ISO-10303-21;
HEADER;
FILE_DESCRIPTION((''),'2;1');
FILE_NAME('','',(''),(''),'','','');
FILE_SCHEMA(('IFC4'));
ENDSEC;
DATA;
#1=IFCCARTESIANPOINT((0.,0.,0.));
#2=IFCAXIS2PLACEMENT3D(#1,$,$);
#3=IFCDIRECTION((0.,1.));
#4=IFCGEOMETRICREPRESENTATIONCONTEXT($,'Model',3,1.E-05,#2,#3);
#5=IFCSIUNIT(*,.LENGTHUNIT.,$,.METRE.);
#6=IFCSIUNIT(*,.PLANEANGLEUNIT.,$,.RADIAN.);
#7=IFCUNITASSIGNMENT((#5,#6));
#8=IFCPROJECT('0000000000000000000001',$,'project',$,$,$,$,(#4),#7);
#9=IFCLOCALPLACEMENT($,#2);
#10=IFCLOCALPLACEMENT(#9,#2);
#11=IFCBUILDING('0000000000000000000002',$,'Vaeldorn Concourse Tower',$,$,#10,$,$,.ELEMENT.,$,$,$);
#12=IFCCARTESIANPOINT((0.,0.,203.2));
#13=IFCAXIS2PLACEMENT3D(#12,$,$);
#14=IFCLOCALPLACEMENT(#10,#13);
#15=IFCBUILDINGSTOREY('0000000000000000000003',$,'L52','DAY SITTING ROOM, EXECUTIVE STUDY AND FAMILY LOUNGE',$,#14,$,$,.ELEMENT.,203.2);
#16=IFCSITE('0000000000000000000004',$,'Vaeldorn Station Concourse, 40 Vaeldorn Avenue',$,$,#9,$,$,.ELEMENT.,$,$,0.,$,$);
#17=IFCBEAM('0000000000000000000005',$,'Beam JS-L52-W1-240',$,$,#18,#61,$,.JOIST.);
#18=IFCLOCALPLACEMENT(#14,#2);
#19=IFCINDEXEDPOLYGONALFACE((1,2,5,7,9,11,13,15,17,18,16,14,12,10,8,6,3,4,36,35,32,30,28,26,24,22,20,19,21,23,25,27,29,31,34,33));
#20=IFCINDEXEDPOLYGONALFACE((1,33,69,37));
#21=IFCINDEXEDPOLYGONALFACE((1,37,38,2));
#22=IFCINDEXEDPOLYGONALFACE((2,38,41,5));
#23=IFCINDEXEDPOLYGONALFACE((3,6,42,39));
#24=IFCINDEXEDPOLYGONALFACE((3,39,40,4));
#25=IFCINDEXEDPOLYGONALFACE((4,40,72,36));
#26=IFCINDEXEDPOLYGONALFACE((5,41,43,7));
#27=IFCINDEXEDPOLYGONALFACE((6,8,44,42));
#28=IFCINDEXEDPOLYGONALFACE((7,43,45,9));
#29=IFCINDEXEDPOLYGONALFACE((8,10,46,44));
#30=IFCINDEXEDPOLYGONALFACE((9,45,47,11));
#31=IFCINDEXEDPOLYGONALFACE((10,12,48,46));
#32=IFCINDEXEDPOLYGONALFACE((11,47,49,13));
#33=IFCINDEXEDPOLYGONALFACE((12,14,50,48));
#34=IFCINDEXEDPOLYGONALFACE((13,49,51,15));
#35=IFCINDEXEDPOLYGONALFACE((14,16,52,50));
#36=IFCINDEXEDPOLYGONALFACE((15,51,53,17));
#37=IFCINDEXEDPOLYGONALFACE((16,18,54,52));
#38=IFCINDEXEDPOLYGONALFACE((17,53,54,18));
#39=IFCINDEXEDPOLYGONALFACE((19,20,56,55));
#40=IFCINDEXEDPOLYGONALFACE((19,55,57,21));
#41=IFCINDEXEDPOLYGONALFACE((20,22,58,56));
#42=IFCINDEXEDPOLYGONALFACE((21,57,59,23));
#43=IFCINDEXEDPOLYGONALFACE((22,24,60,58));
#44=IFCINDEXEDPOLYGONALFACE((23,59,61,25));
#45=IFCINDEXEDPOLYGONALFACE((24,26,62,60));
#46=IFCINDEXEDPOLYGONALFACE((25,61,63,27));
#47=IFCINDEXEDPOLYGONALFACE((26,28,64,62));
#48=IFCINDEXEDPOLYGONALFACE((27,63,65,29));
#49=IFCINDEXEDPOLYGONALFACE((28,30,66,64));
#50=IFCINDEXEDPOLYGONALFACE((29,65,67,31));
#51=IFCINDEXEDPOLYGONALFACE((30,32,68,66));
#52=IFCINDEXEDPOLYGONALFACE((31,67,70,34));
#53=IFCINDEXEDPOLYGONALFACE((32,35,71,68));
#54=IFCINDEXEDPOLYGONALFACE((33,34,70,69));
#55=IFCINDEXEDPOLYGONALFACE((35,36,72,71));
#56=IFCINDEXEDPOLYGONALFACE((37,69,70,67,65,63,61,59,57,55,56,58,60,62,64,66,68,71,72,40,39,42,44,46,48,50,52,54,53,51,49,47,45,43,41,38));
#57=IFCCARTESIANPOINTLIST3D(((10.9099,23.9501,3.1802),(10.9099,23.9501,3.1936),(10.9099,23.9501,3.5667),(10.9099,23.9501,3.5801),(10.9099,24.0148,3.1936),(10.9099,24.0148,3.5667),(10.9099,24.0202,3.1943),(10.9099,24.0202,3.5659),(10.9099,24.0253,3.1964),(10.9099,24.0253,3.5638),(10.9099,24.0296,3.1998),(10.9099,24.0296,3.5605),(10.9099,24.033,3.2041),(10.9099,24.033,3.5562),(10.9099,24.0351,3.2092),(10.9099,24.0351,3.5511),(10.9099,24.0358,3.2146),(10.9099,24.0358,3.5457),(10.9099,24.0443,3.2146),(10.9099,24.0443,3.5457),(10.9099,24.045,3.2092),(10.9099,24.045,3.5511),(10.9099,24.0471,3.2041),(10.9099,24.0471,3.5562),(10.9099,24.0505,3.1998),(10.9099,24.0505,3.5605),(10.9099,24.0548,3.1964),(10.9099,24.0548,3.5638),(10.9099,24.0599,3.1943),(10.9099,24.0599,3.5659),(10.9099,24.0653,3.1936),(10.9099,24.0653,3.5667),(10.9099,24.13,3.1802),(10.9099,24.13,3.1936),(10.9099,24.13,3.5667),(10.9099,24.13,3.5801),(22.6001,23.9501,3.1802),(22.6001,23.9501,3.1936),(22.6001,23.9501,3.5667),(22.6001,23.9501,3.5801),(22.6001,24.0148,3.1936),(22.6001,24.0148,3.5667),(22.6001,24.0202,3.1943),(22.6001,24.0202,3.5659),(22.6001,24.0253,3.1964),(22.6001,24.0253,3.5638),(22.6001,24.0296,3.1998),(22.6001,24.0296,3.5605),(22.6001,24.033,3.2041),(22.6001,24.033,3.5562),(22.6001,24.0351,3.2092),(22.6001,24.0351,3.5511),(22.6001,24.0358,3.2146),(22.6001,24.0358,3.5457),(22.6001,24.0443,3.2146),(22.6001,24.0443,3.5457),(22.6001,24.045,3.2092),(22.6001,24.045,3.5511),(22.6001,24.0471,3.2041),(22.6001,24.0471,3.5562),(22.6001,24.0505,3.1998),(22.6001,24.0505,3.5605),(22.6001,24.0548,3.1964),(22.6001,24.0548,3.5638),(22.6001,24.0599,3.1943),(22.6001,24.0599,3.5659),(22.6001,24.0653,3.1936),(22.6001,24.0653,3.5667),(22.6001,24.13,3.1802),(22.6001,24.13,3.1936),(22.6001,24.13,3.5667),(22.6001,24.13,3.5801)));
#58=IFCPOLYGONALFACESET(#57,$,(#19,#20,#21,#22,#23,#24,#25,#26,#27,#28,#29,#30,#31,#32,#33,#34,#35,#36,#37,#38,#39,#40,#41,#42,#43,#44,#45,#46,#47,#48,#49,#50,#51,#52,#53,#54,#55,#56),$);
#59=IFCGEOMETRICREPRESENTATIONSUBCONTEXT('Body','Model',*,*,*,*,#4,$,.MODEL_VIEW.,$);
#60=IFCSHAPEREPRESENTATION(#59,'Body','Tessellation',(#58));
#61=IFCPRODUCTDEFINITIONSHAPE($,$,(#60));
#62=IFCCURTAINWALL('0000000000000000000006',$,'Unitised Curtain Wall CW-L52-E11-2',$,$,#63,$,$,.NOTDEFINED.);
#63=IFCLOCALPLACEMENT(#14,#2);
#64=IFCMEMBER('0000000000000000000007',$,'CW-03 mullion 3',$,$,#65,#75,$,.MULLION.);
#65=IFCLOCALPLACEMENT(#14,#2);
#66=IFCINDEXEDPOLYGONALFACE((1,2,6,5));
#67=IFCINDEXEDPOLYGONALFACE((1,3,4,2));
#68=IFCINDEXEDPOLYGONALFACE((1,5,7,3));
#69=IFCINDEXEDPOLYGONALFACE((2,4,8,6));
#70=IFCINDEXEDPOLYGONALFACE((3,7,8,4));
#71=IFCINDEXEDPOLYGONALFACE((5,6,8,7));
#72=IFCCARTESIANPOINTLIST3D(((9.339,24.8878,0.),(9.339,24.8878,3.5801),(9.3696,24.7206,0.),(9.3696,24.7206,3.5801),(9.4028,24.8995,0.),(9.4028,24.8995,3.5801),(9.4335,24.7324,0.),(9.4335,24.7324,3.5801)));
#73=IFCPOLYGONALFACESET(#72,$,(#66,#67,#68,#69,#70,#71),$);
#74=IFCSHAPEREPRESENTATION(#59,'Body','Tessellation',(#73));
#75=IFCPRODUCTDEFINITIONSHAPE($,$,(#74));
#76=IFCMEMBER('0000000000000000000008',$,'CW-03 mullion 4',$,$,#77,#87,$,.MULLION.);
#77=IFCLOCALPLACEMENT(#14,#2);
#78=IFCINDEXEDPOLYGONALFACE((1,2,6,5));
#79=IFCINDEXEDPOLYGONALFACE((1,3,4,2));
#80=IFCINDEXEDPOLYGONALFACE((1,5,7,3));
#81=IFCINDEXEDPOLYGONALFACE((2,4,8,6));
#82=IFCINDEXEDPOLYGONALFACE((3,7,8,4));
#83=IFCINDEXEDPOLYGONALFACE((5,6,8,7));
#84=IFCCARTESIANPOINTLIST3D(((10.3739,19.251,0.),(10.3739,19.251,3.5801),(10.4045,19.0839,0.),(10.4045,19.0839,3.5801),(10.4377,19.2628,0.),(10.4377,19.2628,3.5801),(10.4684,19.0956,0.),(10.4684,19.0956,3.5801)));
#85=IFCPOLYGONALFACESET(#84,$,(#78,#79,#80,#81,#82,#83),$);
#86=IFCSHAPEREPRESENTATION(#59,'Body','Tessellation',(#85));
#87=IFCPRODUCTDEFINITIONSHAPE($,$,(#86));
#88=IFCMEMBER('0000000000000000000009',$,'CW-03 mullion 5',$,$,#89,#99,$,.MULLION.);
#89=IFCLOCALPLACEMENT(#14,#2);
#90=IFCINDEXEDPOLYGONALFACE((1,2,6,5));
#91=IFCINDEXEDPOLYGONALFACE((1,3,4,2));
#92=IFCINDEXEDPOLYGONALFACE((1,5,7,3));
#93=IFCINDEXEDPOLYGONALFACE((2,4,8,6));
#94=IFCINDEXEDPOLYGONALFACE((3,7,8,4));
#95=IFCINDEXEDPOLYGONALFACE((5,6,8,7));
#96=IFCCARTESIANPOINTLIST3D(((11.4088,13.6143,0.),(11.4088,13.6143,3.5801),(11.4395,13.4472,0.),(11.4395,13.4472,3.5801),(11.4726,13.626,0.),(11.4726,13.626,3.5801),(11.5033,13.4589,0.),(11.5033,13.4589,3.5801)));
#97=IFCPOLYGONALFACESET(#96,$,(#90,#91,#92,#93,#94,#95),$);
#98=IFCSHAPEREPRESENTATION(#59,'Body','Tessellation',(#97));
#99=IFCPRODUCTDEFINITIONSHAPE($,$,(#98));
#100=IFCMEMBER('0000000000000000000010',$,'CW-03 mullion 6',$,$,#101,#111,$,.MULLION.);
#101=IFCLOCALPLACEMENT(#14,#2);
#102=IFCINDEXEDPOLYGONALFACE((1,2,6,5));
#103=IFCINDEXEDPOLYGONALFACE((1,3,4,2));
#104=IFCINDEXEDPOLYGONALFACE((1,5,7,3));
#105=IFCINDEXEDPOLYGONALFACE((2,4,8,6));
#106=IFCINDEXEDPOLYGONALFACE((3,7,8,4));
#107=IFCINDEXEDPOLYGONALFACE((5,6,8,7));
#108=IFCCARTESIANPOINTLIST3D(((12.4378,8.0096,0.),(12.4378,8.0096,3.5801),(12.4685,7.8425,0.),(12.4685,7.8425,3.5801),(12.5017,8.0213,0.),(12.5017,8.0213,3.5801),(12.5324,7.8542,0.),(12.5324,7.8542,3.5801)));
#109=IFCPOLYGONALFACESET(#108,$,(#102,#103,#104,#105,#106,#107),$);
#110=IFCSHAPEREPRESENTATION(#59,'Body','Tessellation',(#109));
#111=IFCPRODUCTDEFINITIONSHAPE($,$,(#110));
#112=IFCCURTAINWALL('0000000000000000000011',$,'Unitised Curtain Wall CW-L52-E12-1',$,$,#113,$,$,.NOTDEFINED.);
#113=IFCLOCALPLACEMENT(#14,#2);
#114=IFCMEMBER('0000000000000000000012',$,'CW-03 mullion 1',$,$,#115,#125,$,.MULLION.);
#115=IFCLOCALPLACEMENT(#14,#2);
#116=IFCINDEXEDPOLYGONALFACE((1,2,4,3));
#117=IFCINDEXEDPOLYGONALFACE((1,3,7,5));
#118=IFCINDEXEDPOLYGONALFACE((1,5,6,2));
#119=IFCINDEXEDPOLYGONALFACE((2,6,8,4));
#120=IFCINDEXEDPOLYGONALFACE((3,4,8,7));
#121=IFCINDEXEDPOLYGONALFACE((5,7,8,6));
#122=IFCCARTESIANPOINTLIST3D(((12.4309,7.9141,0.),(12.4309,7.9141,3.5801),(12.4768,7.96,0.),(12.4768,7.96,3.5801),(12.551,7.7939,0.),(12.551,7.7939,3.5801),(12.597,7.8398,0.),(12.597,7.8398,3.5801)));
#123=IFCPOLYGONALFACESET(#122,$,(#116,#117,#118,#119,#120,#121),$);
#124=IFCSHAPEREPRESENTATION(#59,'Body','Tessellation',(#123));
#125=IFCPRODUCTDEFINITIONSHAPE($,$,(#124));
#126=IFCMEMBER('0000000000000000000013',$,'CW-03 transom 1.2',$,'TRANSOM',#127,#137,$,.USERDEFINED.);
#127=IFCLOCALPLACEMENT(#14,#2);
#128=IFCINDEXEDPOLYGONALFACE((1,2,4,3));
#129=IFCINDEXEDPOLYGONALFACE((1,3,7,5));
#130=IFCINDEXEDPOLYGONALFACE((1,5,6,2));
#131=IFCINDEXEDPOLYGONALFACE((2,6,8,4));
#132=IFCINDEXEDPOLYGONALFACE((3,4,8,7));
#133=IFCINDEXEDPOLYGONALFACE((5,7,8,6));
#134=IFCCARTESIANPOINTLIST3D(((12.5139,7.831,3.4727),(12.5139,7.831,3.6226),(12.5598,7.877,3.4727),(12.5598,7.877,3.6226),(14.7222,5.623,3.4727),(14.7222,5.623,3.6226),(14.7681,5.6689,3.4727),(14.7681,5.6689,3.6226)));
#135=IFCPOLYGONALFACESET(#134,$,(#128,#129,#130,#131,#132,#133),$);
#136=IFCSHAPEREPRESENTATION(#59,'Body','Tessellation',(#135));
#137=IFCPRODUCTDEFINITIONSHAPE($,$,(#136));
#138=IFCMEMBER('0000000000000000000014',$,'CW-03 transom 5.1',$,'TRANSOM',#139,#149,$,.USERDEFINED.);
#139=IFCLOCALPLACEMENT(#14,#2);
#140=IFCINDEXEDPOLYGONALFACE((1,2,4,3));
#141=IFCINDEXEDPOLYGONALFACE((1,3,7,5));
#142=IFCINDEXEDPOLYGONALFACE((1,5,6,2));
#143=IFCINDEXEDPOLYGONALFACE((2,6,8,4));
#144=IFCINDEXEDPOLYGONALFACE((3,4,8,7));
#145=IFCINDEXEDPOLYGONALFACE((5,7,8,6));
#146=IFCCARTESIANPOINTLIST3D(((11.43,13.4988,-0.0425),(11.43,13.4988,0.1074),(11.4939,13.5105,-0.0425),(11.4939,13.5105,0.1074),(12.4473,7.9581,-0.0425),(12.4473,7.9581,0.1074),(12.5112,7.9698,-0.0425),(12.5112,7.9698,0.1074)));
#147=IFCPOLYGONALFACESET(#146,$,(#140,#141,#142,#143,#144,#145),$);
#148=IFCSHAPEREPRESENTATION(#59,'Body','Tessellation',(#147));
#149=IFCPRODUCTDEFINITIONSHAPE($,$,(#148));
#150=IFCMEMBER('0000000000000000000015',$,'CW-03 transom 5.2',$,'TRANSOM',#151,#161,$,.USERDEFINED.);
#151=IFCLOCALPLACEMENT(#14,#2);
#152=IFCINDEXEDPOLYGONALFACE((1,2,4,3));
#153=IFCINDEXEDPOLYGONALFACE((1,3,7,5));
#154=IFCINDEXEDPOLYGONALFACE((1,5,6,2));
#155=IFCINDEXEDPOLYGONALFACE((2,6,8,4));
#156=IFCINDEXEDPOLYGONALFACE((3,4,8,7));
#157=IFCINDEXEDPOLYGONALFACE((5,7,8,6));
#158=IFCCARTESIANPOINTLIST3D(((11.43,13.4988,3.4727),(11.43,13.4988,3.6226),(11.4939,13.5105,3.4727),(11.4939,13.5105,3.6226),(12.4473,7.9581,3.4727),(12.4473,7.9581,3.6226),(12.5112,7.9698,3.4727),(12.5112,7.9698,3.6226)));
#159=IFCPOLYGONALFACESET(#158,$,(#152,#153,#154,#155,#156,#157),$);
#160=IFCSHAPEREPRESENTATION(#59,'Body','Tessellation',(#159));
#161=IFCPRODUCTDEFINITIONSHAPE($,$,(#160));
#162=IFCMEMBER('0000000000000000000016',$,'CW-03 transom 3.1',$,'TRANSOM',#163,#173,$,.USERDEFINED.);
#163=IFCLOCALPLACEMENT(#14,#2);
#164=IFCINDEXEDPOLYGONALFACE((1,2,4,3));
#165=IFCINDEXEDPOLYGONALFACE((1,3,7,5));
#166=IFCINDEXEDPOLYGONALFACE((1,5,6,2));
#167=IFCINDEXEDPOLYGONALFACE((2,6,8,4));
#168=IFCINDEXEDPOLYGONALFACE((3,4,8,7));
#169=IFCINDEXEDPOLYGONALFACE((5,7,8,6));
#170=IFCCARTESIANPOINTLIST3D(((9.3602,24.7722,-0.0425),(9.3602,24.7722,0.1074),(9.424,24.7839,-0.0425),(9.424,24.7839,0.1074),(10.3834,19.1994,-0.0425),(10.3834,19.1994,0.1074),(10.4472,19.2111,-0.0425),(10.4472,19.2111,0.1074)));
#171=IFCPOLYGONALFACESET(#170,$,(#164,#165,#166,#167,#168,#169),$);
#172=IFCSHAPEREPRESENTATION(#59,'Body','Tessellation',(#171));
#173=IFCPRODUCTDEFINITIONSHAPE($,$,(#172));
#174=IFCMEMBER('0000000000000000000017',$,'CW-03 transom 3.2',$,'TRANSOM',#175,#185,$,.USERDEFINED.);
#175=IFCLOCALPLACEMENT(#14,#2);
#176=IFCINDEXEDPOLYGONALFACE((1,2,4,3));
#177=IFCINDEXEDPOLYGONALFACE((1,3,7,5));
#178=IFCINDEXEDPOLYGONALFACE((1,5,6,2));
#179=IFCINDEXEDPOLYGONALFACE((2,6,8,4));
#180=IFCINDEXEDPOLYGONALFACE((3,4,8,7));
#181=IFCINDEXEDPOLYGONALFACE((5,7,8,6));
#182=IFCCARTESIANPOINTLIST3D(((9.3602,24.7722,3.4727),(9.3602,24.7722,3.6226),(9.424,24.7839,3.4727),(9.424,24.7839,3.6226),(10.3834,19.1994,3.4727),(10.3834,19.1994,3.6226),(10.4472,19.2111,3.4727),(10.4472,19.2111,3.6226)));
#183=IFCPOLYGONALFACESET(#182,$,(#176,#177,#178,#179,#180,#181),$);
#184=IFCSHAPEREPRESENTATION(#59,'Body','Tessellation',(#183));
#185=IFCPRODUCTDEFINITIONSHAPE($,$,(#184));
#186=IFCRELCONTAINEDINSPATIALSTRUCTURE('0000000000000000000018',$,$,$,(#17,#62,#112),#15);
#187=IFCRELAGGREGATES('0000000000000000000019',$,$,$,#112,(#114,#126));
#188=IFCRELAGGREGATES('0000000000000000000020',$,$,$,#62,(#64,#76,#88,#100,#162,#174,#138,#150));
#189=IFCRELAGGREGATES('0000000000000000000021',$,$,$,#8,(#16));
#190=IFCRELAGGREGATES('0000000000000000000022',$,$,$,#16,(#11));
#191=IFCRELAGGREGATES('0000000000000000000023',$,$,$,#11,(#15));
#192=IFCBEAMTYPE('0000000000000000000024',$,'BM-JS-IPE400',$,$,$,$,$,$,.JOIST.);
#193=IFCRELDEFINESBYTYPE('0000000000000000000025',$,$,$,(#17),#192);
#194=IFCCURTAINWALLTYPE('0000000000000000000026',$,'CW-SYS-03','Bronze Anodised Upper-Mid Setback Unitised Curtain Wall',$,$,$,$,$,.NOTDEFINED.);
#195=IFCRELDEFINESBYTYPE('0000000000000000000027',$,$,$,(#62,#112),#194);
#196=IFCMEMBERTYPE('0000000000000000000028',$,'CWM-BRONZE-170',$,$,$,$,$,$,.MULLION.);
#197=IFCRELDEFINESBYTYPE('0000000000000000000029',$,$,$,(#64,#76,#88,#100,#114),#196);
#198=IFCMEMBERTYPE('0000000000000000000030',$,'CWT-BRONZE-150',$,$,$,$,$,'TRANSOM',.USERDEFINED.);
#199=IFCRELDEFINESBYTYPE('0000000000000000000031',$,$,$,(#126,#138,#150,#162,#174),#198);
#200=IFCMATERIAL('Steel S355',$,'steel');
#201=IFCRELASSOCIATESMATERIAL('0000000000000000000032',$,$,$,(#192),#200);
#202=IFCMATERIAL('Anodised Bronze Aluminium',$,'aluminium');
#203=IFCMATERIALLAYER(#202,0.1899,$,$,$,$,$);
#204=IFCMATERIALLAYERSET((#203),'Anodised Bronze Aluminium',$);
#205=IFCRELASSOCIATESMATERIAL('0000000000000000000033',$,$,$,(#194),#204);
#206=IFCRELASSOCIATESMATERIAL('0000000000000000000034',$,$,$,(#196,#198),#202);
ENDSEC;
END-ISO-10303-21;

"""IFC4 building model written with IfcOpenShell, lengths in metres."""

from ifc_helpers import new_model, si_unit, direction, frame, origin, origin_2d, place, context, subcontext, project, spatial, rectangle, i_section, extrude, source, transform, mapped, material, layer, layer_set, material_profile, profile_set, type_object, element, aggregate, save


model = new_model("IFC4")

# Units and contexts
model_context = context("Model", 3, precision=1e-05, world=origin(), true_north=direction((0.0, 1.0)))
body_context = subcontext(model_context, "Body", "Model", "MODEL_VIEW")
ifc_project = project(units=[si_unit("LENGTHUNIT", "METRE"), si_unit("PLANEANGLEUNIT", "RADIAN")], contexts=[model_context])

# Site, building, storey
site_placement = place(None, origin())
site = spatial("IfcSite", under=ifc_project, at=site_placement, Name="Vaeldorn Station Concourse, 40 Vaeldorn Avenue", CompositionType="ELEMENT", RefElevation=0.0)
building_placement = place(site_placement, origin())
building = spatial("IfcBuilding", under=site, at=building_placement, Name="Vaeldorn Concourse Tower", CompositionType="ELEMENT")
storey_placement = place(building_placement, frame((0.0, 0.0, 203.2)))
storey = spatial("IfcBuildingStorey", under=building, at=storey_placement, Name="L52", Description="DAY SITTING ROOM, EXECUTIVE STUDY AND FAMILY LOUNGE", CompositionType="ELEMENT", Elevation=203.2)

# Shared definitions
ifc_material_1 = material(Name="Steel S355", Category="steel")

# Beam
ifc_material_profile_1 = material_profile(ifc_material_1, i_section(OverallWidth=0.1799, OverallDepth=0.3999, WebThickness=0.0085, FlangeThickness=0.0134, FilletRadius=0.021, at=origin_2d()), Name="IPE 400")
ifc_profile_set_1 = profile_set([ifc_material_profile_1], Name="Steel S355")
beam_type_1 = type_object("IfcBeamType", Name="BM-JS-IPE400", PredefinedType="JOIST", material=ifc_profile_set_1)
shared_shape_1 = source(origin(), body_context, "Body", "SweptSolid", [
    extrude(i_section(OverallWidth=0.1799, OverallDepth=0.3999, WebThickness=0.0085, FlangeThickness=0.0134, FilletRadius=0.021, at=origin_2d()), origin(), (0.0, 0.0, 1.0), 11.6902),
])
beam_1_placement = place(storey_placement, frame((10.9099, 24.04, 3.3801), z_axis=(1.0, 0.0, 0.0), x_axis=(0.0, 1.0, 0.0)))
element("IfcBeam", 1, at=beam_1_placement, inside=storey, type_object=beam_type_1, Name="Beam JS-L52-W1-240", PredefinedType="JOIST", context=body_context, shape_type="MappedRepresentation", body=[
    mapped(shared_shape_1, transform((0.0, 0.0, 0.0), scale=1.0)),
])

# Curtain walls, members
ifc_material_2 = material(Name="Anodised Bronze Aluminium", Category="aluminium")
ifc_layer_1 = layer(ifc_material_2, 0.1899)
ifc_layer_set_1 = layer_set([ifc_layer_1], Name="Anodised Bronze Aluminium")
curtain_wall_type = type_object("IfcCurtainWallType", Name="CW-SYS-03", Description="Bronze Anodised Upper-Mid Setback Unitised Curtain Wall", PredefinedType="NOTDEFINED", material=ifc_layer_set_1)
curtain_wall_1_placement = place(storey_placement, origin())
curtain_wall_1 = element("IfcCurtainWall", 2, at=curtain_wall_1_placement, inside=storey, type_object=curtain_wall_type, Name="Unitised Curtain Wall CW-L52-E11-2", PredefinedType="NOTDEFINED")
ifc_material_profile_2 = material_profile(ifc_material_2, rectangle(XDim=0.0649, YDim=0.1699, at=origin_2d()), Name="CWM 65x170")
ifc_profile_set_2 = profile_set([ifc_material_profile_2], Name="Anodised Bronze Aluminium")
member_type_1 = type_object("IfcMemberType", Name="CWM-BRONZE-170", PredefinedType="MULLION", material=ifc_profile_set_2)
shared_shape_2 = source(origin(), body_context, "Body", "SweptSolid", [
    extrude(rectangle(XDim=0.0649, YDim=0.1699, at=origin_2d()), origin(), (0.0, 0.0, 1.0), 3.5801),
])
member_1_placement = place(storey_placement, frame((9.3862, 24.8101, 0.0), z_axis=(0.0, 0.0, 1.0), x_axis=(0.983559, 0.180585, 0.0)))
member_1 = element("IfcMember", 3, at=member_1_placement, type_object=member_type_1, Name="CW-03 mullion 3", PredefinedType="MULLION", context=body_context, shape_type="MappedRepresentation", body=[
    mapped(shared_shape_2, transform((0.0, 0.0, 0.0), scale=1.0)),
])
member_2_placement = place(storey_placement, frame((10.4211, 19.1733, 0.0), z_axis=(0.0, 0.0, 1.0), x_axis=(0.983559, 0.180585, 0.0)))
member_2 = element("IfcMember", 4, at=member_2_placement, type_object=member_type_1, Name="CW-03 mullion 4", PredefinedType="MULLION", context=body_context, shape_type="MappedRepresentation", body=[
    mapped(shared_shape_2, transform((0.0, 0.0, 0.0), scale=1.0)),
])
member_3_placement = place(storey_placement, frame((11.4561, 13.5366, 0.0), z_axis=(0.0, 0.0, 1.0), x_axis=(0.983559, 0.180585, 0.0)))
member_3 = element("IfcMember", 5, at=member_3_placement, type_object=member_type_1, Name="CW-03 mullion 5", PredefinedType="MULLION", context=body_context, shape_type="MappedRepresentation", body=[
    mapped(shared_shape_2, transform((0.0, 0.0, 0.0), scale=1.0)),
])
member_4_placement = place(storey_placement, frame((12.4851, 7.9319, 0.0), z_axis=(0.0, 0.0, 1.0), x_axis=(0.983559, 0.180585, 0.0)))
member_4 = element("IfcMember", 6, at=member_4_placement, type_object=member_type_1, Name="CW-03 mullion 6", PredefinedType="MULLION", context=body_context, shape_type="MappedRepresentation", body=[
    mapped(shared_shape_2, transform((0.0, 0.0, 0.0), scale=1.0)),
])
curtain_wall_2_placement = place(storey_placement, origin())
curtain_wall_2 = element("IfcCurtainWall", 7, at=curtain_wall_2_placement, inside=storey, type_object=curtain_wall_type, Name="Unitised Curtain Wall CW-L52-E12-1", PredefinedType="NOTDEFINED")
member_5_placement = place(storey_placement, frame((12.5139, 7.877, 0.0), z_axis=(0.0, 0.0, 1.0), x_axis=(0.707107, 0.707107, 0.0)))
member_5 = element("IfcMember", 8, at=member_5_placement, type_object=member_type_1, Name="CW-03 mullion 1", PredefinedType="MULLION", context=body_context, shape_type="MappedRepresentation", body=[
    mapped(shared_shape_2, transform((0.0, 0.0, 0.0), scale=1.0)),
])
ifc_material_profile_3 = material_profile(ifc_material_2, rectangle(XDim=0.0649, YDim=0.1499, at=origin_2d()), Name="CWT 65x150")
ifc_profile_set_3 = profile_set([ifc_material_profile_3], Name="Anodised Bronze Aluminium")
member_type_2 = type_object("IfcMemberType", Name="CWT-BRONZE-150", ElementType="TRANSOM", PredefinedType="USERDEFINED", material=ifc_profile_set_3)
shared_shape_3 = source(origin(), body_context, "Body", "SweptSolid", [
    extrude(rectangle(XDim=0.0649, YDim=0.1499, at=origin_2d()), origin(), (0.0, 0.0, 1.0), 3.1228),
])
member_6_placement = place(storey_placement, frame((12.5369, 7.854, 3.5476), z_axis=(0.707146, -0.707068, 0.0), x_axis=(0.707068, 0.707146, 0.0)))
member_6 = element("IfcMember", 9, at=member_6_placement, type_object=member_type_2, Name="CW-03 transom 1.2", ObjectType="TRANSOM", PredefinedType="USERDEFINED", context=body_context, shape_type="MappedRepresentation", body=[
    mapped(shared_shape_3, transform((0.0, 0.0, 0.0), scale=1.0)),
])
aggregate(curtain_wall_2, [member_5, member_6])

# Members
shared_shape_4 = source(origin(), body_context, "Body", "SweptSolid", [
    extrude(rectangle(XDim=0.0649, YDim=0.1499, at=origin_2d()), origin(), (0.0, 0.0, 1.0), 5.6333),
])
member_7_placement = place(storey_placement, frame((11.4619, 13.5046, 0.0325), z_axis=(0.18059, -0.983558, 0.0), x_axis=(0.983558, 0.18059, 0.0)))
member_7 = element("IfcMember", 10, at=member_7_placement, type_object=member_type_2, Name="CW-03 transom 5.1", ObjectType="TRANSOM", PredefinedType="USERDEFINED", context=body_context, shape_type="MappedRepresentation", body=[
    mapped(shared_shape_4, transform((0.0, 0.0, 0.0), scale=1.0)),
])
member_8_placement = place(storey_placement, frame((11.4619, 13.5046, 3.5476), z_axis=(0.18059, -0.983558, 0.0), x_axis=(0.983558, 0.18059, 0.0)))
member_8 = element("IfcMember", 11, at=member_8_placement, type_object=member_type_2, Name="CW-03 transom 5.2", ObjectType="TRANSOM", PredefinedType="USERDEFINED", context=body_context, shape_type="MappedRepresentation", body=[
    mapped(shared_shape_4, transform((0.0, 0.0, 0.0), scale=1.0)),
])
shared_shape_5 = source(origin(), body_context, "Body", "SweptSolid", [
    extrude(rectangle(XDim=0.0649, YDim=0.1499, at=origin_2d()), origin(), (0.0, 0.0, 1.0), 5.666),
])
member_9_placement = place(storey_placement, frame((9.3921, 24.7781, 0.0325), z_axis=(0.180588, -0.983559, 0.0), x_axis=(0.983559, 0.180588, 0.0)))
member_9 = element("IfcMember", 12, at=member_9_placement, type_object=member_type_2, Name="CW-03 transom 3.1", ObjectType="TRANSOM", PredefinedType="USERDEFINED", context=body_context, shape_type="MappedRepresentation", body=[
    mapped(shared_shape_5, transform((0.0, 0.0, 0.0), scale=1.0)),
])
member_10_placement = place(storey_placement, frame((9.3921, 24.7781, 3.5476), z_axis=(0.180588, -0.983559, 0.0), x_axis=(0.983559, 0.180588, 0.0)))
member_10 = element("IfcMember", 13, at=member_10_placement, type_object=member_type_2, Name="CW-03 transom 3.2", ObjectType="TRANSOM", PredefinedType="USERDEFINED", context=body_context, shape_type="MappedRepresentation", body=[
    mapped(shared_shape_5, transform((0.0, 0.0, 0.0), scale=1.0)),
])

aggregate(curtain_wall_1, [member_1, member_2, member_3, member_4, member_9, member_10, member_7, member_8])

save(model, "model.ifc")
